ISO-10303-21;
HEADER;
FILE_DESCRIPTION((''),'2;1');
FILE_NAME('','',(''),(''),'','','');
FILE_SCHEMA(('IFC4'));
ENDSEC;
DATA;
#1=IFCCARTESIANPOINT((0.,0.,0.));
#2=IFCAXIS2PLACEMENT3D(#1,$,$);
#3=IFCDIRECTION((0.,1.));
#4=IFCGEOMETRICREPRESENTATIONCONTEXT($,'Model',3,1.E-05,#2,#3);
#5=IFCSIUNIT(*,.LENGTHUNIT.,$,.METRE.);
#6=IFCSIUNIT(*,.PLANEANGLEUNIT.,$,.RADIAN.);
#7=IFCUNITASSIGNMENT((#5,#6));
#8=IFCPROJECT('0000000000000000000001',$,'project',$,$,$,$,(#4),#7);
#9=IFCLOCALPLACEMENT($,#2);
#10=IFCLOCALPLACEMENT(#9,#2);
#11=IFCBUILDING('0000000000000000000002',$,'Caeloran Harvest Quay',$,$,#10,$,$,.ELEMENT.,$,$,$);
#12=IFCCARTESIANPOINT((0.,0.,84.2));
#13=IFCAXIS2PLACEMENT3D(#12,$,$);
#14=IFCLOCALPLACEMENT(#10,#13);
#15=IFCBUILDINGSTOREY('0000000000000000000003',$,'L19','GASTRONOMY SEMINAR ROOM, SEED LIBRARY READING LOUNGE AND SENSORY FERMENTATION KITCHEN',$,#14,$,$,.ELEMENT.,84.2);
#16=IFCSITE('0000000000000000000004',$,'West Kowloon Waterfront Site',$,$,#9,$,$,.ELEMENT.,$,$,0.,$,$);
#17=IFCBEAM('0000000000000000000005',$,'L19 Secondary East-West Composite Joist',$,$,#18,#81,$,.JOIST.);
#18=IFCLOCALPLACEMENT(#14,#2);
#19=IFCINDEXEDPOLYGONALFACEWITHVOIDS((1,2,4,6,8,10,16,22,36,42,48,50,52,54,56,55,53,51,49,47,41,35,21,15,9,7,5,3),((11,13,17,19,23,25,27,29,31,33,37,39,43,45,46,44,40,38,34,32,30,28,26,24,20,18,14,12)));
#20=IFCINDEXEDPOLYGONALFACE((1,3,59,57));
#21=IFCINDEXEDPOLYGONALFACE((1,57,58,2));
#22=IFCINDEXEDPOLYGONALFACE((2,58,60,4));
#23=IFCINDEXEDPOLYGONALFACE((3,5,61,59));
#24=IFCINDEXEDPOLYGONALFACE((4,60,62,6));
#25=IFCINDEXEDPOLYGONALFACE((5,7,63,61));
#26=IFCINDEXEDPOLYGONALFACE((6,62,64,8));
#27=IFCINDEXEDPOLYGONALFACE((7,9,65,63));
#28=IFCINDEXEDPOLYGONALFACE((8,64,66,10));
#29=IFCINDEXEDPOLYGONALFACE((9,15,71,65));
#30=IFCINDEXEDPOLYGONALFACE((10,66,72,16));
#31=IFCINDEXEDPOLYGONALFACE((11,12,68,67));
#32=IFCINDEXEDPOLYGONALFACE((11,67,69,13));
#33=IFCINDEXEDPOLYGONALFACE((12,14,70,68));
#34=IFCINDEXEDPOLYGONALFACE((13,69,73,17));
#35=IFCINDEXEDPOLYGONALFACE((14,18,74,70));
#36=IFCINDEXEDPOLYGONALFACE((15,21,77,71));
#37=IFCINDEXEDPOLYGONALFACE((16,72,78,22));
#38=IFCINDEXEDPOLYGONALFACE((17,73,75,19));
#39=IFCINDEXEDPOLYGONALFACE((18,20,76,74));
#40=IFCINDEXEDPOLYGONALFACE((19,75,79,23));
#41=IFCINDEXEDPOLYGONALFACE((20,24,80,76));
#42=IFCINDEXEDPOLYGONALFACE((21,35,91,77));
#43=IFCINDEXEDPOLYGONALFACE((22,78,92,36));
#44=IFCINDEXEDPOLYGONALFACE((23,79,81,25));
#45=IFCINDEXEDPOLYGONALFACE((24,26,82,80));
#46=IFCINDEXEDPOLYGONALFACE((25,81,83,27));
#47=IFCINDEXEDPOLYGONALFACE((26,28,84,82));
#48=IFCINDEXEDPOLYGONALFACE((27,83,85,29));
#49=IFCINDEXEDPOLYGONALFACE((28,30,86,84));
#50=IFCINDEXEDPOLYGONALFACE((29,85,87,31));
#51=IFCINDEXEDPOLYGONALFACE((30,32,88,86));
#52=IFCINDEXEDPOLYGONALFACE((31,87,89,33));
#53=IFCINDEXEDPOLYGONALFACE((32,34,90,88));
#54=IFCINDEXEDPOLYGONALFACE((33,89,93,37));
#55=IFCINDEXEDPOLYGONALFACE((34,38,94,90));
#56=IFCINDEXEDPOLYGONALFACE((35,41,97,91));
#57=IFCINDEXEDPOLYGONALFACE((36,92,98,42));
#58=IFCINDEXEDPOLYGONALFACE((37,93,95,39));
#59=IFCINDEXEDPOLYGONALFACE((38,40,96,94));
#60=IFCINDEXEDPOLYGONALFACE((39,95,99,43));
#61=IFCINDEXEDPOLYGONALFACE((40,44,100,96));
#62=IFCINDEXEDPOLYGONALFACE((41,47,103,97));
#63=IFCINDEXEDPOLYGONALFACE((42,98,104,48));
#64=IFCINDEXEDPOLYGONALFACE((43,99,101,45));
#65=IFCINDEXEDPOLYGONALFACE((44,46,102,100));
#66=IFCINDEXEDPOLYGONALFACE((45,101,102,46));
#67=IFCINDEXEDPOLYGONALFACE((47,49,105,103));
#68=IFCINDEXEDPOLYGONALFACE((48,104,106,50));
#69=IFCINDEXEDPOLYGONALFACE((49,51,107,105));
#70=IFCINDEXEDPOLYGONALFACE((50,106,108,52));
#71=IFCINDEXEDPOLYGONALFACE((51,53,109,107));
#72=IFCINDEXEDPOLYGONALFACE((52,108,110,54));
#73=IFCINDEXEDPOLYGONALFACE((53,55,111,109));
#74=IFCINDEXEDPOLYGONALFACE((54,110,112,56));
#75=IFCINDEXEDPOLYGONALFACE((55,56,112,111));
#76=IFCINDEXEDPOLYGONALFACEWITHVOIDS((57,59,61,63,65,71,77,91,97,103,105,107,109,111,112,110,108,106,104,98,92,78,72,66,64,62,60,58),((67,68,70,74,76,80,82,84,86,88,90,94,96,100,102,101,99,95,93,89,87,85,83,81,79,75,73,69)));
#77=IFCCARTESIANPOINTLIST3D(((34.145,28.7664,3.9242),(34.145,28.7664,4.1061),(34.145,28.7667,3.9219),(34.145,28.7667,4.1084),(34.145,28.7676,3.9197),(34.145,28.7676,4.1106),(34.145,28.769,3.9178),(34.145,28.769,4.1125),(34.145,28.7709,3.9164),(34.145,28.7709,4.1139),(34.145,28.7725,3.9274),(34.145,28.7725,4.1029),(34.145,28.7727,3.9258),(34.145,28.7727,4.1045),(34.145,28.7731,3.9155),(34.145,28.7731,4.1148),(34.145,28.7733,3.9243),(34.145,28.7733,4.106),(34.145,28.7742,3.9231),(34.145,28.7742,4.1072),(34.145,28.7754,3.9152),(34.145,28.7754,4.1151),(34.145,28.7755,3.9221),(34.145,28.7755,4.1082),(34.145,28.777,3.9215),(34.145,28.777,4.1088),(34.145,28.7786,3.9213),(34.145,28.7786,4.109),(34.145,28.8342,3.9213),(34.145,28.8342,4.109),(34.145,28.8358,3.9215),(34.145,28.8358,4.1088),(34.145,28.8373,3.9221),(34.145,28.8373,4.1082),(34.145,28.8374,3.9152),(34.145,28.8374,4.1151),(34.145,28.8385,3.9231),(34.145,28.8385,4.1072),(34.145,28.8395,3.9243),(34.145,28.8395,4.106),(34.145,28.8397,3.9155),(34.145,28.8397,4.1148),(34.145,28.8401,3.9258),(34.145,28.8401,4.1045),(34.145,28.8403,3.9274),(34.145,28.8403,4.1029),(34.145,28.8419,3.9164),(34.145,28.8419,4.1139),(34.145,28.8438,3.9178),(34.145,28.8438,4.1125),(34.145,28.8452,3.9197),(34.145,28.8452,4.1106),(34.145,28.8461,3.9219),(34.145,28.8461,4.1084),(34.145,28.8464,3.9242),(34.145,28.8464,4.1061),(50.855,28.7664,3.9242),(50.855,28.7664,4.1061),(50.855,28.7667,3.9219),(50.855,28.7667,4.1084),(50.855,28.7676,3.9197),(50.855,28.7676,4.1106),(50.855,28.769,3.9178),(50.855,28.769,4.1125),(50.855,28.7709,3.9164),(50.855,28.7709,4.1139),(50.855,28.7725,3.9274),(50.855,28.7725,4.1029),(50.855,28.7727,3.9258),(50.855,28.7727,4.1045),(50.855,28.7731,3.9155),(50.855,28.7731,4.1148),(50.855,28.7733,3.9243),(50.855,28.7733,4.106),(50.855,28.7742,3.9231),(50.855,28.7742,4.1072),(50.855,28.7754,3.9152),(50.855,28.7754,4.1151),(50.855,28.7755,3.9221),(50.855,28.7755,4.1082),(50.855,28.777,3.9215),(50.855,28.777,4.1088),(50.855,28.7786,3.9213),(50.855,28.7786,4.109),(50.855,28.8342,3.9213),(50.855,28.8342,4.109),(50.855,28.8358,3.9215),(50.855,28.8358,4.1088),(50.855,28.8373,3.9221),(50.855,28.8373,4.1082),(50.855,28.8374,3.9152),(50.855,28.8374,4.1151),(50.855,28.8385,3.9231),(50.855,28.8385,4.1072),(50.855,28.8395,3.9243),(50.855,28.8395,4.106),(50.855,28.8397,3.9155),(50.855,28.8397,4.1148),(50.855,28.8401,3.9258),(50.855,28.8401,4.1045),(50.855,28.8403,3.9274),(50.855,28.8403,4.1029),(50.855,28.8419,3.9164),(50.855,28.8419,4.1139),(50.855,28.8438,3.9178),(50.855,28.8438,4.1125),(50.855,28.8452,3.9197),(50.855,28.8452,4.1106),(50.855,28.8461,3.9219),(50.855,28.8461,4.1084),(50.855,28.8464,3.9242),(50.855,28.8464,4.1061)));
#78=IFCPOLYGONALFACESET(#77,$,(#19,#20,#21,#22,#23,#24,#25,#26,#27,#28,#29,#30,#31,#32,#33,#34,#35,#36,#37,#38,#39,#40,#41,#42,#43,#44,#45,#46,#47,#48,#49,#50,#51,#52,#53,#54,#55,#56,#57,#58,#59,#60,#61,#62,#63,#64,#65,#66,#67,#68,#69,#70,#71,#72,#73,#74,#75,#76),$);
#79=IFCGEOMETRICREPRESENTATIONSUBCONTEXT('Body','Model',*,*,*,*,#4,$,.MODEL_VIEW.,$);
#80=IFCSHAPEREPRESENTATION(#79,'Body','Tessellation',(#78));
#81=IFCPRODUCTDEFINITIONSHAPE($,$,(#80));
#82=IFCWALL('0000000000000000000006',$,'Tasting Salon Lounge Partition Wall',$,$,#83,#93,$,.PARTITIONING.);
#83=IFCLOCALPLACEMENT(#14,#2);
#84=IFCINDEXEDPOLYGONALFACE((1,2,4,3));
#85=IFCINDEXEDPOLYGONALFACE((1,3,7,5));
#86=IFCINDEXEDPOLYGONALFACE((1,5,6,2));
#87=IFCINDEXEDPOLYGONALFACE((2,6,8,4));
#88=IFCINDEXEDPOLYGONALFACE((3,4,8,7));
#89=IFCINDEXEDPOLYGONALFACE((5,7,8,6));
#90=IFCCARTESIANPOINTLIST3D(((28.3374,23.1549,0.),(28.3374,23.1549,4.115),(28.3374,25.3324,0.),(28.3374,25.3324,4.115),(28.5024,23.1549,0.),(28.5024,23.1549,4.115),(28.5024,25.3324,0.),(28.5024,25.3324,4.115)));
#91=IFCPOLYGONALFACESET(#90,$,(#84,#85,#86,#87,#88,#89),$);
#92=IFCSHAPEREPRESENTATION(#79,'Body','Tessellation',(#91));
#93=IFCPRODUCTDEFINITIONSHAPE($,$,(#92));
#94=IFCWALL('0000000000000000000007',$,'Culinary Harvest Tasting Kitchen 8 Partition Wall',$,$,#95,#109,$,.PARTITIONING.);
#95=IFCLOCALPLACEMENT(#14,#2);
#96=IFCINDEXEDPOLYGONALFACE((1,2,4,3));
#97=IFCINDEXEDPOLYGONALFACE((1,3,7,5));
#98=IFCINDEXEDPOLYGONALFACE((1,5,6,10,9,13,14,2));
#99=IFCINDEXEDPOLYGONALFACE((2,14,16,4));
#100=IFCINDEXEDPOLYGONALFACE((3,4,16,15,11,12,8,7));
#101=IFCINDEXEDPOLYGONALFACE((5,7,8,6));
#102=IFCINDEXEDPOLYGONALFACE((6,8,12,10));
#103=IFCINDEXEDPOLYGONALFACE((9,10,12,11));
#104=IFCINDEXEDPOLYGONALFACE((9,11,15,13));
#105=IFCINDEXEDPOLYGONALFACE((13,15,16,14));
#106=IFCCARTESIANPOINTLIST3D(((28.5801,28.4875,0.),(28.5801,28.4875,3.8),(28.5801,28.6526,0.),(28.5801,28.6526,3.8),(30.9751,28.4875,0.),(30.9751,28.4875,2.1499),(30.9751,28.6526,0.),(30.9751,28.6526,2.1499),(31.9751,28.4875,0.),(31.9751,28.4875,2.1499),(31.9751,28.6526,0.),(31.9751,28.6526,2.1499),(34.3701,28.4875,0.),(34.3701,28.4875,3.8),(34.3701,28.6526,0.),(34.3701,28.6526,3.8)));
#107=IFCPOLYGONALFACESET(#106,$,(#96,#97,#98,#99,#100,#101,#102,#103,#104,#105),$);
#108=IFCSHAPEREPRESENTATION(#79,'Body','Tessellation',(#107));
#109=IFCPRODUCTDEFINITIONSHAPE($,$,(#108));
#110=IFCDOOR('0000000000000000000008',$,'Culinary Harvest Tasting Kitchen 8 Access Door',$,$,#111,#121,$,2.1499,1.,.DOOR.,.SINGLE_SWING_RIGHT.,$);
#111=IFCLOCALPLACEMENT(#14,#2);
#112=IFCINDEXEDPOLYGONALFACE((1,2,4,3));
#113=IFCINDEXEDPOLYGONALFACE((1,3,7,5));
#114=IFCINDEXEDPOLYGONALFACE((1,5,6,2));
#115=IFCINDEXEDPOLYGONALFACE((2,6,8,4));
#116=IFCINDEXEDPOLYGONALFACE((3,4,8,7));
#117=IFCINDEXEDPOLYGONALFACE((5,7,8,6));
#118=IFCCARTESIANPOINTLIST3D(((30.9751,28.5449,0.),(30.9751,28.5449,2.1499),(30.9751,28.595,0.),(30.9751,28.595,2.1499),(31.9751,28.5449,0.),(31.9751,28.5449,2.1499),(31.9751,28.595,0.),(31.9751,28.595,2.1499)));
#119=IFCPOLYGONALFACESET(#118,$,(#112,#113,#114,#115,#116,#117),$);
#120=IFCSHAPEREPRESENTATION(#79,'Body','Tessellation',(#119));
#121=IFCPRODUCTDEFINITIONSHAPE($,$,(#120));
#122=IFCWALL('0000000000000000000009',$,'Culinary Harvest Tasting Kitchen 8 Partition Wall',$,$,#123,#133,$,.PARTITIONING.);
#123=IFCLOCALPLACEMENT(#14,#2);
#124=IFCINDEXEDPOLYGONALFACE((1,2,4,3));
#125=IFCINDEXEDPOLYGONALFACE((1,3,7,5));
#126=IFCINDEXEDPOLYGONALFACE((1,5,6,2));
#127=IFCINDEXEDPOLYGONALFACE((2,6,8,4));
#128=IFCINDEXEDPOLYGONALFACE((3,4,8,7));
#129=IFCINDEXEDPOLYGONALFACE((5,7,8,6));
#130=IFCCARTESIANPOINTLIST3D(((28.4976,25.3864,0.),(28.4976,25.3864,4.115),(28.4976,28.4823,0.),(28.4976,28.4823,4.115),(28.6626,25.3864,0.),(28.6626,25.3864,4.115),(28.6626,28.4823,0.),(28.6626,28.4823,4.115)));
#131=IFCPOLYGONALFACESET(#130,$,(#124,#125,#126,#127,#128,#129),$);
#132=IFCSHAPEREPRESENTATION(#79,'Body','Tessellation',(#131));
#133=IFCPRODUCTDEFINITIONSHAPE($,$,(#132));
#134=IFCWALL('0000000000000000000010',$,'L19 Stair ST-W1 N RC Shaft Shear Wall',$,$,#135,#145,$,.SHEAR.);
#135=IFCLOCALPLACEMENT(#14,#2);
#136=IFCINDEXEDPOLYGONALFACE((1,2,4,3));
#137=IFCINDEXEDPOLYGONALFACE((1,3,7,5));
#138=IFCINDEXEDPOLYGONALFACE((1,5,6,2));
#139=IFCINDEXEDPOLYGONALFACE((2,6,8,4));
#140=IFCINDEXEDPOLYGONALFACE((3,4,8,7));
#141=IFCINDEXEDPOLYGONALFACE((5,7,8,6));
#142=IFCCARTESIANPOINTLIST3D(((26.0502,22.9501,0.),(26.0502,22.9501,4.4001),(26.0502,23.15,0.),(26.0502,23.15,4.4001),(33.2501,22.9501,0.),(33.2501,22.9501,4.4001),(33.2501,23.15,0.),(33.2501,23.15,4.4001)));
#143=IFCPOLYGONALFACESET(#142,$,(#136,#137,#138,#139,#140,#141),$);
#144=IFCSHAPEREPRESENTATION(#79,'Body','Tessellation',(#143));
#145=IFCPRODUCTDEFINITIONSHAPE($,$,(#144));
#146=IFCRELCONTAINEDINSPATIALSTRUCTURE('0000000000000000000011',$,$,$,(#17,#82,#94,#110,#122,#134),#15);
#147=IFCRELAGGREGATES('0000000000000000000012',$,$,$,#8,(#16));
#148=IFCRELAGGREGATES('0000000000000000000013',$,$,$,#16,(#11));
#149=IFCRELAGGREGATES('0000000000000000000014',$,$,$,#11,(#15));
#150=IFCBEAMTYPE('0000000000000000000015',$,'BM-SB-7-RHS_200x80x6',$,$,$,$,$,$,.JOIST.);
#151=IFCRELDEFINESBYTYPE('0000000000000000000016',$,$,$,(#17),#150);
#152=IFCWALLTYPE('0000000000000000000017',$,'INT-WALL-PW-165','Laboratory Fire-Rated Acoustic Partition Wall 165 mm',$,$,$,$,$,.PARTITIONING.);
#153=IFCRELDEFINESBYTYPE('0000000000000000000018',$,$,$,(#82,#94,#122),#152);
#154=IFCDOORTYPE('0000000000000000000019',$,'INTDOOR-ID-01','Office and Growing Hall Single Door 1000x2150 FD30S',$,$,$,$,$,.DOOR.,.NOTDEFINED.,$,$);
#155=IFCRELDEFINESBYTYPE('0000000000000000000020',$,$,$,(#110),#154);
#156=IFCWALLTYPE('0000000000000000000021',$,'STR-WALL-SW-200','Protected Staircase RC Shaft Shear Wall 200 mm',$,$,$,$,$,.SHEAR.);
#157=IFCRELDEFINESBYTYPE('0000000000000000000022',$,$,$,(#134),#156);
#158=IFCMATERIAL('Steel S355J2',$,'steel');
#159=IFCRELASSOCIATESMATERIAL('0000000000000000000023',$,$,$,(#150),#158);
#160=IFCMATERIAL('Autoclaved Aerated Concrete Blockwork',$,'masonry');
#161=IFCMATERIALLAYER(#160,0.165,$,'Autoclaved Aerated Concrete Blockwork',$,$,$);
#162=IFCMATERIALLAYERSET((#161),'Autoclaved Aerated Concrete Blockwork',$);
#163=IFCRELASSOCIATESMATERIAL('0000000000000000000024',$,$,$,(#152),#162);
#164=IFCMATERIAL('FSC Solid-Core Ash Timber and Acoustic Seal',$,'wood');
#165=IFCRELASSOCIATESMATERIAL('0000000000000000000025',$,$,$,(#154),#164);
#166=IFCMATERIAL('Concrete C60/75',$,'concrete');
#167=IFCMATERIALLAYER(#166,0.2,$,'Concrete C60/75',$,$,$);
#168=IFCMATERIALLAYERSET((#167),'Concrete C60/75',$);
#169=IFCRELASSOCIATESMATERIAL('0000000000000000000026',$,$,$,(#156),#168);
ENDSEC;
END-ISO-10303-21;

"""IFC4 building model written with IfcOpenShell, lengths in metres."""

from ifc_helpers import new_model, si_unit, direction, frame, frame_2d, origin, origin_2d, place, context, subcontext, project, spatial, rectangle, hollow_rectangle, extrude, material, layer, layer_set, material_profile, profile_set, type_object, element, fill, save


model = new_model("IFC4")

# Units and contexts
model_context = context("Model", 3, precision=1e-05, world=origin(), true_north=direction((0.0, 1.0)))
body_context = subcontext(model_context, "Body", "Model", "MODEL_VIEW")
ifc_project = project(units=[si_unit("LENGTHUNIT", "METRE"), si_unit("PLANEANGLEUNIT", "RADIAN")], contexts=[model_context])

# Site, building, storey
site_placement = place(None, origin())
site = spatial("IfcSite", under=ifc_project, at=site_placement, Name="West Kowloon Waterfront Site", CompositionType="ELEMENT", RefElevation=0.0)
building_placement = place(site_placement, origin())
building = spatial("IfcBuilding", under=site, at=building_placement, Name="Caeloran Harvest Quay", CompositionType="ELEMENT")
storey_placement = place(building_placement, frame((0.0, 0.0, 84.2)))
storey = spatial("IfcBuildingStorey", under=building, at=storey_placement, Name="L19", Description="GASTRONOMY SEMINAR ROOM, SEED LIBRARY READING LOUNGE AND SENSORY FERMENTATION KITCHEN", CompositionType="ELEMENT", Elevation=84.2)

# Beam
ifc_material_1 = material(Name="Steel S355J2", Category="steel")
ifc_material_profile_1 = material_profile(ifc_material_1, hollow_rectangle(XDim=0.0801, YDim=0.2, WallThickness=0.0061, InnerFilletRadius=0.0061, OuterFilletRadius=0.009, at=origin_2d()), Name="RHS 200x80x6")
ifc_profile_set_1 = profile_set([ifc_material_profile_1], Name="Steel S355J2")
beam_type_1 = type_object("IfcBeamType", Name="BM-SB-7-RHS_200x80x6", PredefinedType="JOIST", material=ifc_profile_set_1)
beam_1_placement = place(storey_placement, frame((34.145, 28.8064, 4.0151), z_axis=(1.0, 0.0, 0.0), x_axis=(0.0, 1.0, 0.0)))
element("IfcBeam", 1, at=beam_1_placement, inside=storey, type_object=beam_type_1, Name="L19 Secondary East-West Composite Joist", PredefinedType="JOIST", context=body_context, shape_type="SweptSolid", body=[
    extrude(hollow_rectangle(XDim=0.0801, YDim=0.2, WallThickness=0.0061, InnerFilletRadius=0.0061, OuterFilletRadius=0.009, at=origin_2d()), origin(), (0.0, 0.0, 1.0), 16.71),
])

# Wall
ifc_material_2 = material(Name="Autoclaved Aerated Concrete Blockwork", Category="masonry")
ifc_layer_1 = layer(ifc_material_2, 0.165, Name="Autoclaved Aerated Concrete Blockwork")
ifc_layer_set_1 = layer_set([ifc_layer_1], Name="Autoclaved Aerated Concrete Blockwork")
wall_type_1 = type_object("IfcWallType", Name="INT-WALL-PW-165", Description="Laboratory Fire-Rated Acoustic Partition Wall 165 mm", PredefinedType="PARTITIONING", material=ifc_layer_set_1)
wall_1_placement = place(storey_placement, frame((28.4199, 25.3325, 0.0), z_axis=(0.0, 0.0, 1.0), x_axis=(0.0, -1.0, 0.0)))
element("IfcWall", 2, at=wall_1_placement, inside=storey, type_object=wall_type_1, Name="Tasting Salon Lounge Partition Wall", PredefinedType="PARTITIONING", context=body_context, shape_type="SweptSolid", body=[
    extrude(rectangle(XDim=2.1775, YDim=0.165, at=frame_2d((1.0889, 0.0))), origin(), (0.0, 0.0, 1.0), 4.115),
])

# Wall, opening, door
wall_2_placement = place(storey_placement, frame((28.5801, 28.5701, 0.0), z_axis=(0.0, 0.0, 1.0), x_axis=(1.0, 0.0, 0.0)))
wall_2 = element("IfcWall", 3, at=wall_2_placement, inside=storey, type_object=wall_type_1, Name="Culinary Harvest Tasting Kitchen 8 Partition Wall", PredefinedType="PARTITIONING", context=body_context, shape_type="SweptSolid", body=[
    extrude(rectangle(XDim=5.79, YDim=0.165, at=frame_2d((2.895, 0.0))), origin(), (0.0, 0.0, 1.0), 3.8),
])
opening_placement = place(wall_2_placement, frame((2.395, 0.0, 0.0)))
opening = element("IfcOpeningElement", 4, at=opening_placement, cuts=wall_2, PredefinedType="OPENING", context=body_context, shape_type="SweptSolid", body=[
    extrude(rectangle(XDim=1.0, YDim=2.1499, at=frame_2d((0.5, 1.075))), frame((0.0, 0.0925, 0.0), z_axis=(0.0, -1.0, 0.0), x_axis=(1.0, 0.0, 0.0)), (0.0, 0.0, 1.0), 0.1851),
])
ifc_material_3 = material(Name="FSC Solid-Core Ash Timber and Acoustic Seal", Category="wood")
door_type = type_object("IfcDoorType", Name="INTDOOR-ID-01", Description="Office and Growing Hall Single Door 1000x2150 FD30S", OperationType="NOTDEFINED", PredefinedType="DOOR", material=ifc_material_3)
door_placement = place(opening_placement, origin())
door = element("IfcDoor", 5, at=door_placement, inside=storey, type_object=door_type, Name="Culinary Harvest Tasting Kitchen 8 Access Door", OperationType="SINGLE_SWING_RIGHT", OverallHeight=2.1499, OverallWidth=1.0, PredefinedType="DOOR", context=body_context, shape_type="SweptSolid", body=[
    extrude(rectangle(XDim=1.0, YDim=2.1499, at=frame_2d((0.5, 1.075))), frame((0.0, 0.0249, 0.0), z_axis=(0.0, -1.0, 0.0), x_axis=(1.0, 0.0, 0.0)), (0.0, 0.0, 1.0), 0.05),
])
fill(opening, door)

# Walls
wall_3_placement = place(storey_placement, frame((28.5801, 25.3865, 0.0), z_axis=(0.0, 0.0, 1.0), x_axis=(0.0, 1.0, 0.0)))
element("IfcWall", 6, at=wall_3_placement, inside=storey, type_object=wall_type_1, Name="Culinary Harvest Tasting Kitchen 8 Partition Wall", PredefinedType="PARTITIONING", context=body_context, shape_type="SweptSolid", body=[
    extrude(rectangle(XDim=3.0959, YDim=0.165, at=frame_2d((1.5479, 0.0))), origin(), (0.0, 0.0, 1.0), 4.115),
])
ifc_material_4 = material(Name="Concrete C60/75", Category="concrete")
ifc_layer_2 = layer(ifc_material_4, 0.2, Name="Concrete C60/75")
ifc_layer_set_2 = layer_set([ifc_layer_2], Name="Concrete C60/75")
wall_type_2 = type_object("IfcWallType", Name="STR-WALL-SW-200", Description="Protected Staircase RC Shaft Shear Wall 200 mm", PredefinedType="SHEAR", material=ifc_layer_set_2)
wall_4_placement = place(storey_placement, frame((26.05, 23.05, 0.0), z_axis=(0.0, 0.0, 1.0), x_axis=(1.0, 0.0, 0.0)))
element("IfcWall", 7, at=wall_4_placement, inside=storey, type_object=wall_type_2, Name="L19 Stair ST-W1 N RC Shaft Shear Wall", PredefinedType="SHEAR", context=body_context, shape_type="SweptSolid", body=[
    extrude(rectangle(XDim=7.2, YDim=0.2, at=frame_2d((3.6001, 0.0))), origin(), (0.0, 0.0, 1.0), 4.4001),
])

save(model, "model.ifc")
